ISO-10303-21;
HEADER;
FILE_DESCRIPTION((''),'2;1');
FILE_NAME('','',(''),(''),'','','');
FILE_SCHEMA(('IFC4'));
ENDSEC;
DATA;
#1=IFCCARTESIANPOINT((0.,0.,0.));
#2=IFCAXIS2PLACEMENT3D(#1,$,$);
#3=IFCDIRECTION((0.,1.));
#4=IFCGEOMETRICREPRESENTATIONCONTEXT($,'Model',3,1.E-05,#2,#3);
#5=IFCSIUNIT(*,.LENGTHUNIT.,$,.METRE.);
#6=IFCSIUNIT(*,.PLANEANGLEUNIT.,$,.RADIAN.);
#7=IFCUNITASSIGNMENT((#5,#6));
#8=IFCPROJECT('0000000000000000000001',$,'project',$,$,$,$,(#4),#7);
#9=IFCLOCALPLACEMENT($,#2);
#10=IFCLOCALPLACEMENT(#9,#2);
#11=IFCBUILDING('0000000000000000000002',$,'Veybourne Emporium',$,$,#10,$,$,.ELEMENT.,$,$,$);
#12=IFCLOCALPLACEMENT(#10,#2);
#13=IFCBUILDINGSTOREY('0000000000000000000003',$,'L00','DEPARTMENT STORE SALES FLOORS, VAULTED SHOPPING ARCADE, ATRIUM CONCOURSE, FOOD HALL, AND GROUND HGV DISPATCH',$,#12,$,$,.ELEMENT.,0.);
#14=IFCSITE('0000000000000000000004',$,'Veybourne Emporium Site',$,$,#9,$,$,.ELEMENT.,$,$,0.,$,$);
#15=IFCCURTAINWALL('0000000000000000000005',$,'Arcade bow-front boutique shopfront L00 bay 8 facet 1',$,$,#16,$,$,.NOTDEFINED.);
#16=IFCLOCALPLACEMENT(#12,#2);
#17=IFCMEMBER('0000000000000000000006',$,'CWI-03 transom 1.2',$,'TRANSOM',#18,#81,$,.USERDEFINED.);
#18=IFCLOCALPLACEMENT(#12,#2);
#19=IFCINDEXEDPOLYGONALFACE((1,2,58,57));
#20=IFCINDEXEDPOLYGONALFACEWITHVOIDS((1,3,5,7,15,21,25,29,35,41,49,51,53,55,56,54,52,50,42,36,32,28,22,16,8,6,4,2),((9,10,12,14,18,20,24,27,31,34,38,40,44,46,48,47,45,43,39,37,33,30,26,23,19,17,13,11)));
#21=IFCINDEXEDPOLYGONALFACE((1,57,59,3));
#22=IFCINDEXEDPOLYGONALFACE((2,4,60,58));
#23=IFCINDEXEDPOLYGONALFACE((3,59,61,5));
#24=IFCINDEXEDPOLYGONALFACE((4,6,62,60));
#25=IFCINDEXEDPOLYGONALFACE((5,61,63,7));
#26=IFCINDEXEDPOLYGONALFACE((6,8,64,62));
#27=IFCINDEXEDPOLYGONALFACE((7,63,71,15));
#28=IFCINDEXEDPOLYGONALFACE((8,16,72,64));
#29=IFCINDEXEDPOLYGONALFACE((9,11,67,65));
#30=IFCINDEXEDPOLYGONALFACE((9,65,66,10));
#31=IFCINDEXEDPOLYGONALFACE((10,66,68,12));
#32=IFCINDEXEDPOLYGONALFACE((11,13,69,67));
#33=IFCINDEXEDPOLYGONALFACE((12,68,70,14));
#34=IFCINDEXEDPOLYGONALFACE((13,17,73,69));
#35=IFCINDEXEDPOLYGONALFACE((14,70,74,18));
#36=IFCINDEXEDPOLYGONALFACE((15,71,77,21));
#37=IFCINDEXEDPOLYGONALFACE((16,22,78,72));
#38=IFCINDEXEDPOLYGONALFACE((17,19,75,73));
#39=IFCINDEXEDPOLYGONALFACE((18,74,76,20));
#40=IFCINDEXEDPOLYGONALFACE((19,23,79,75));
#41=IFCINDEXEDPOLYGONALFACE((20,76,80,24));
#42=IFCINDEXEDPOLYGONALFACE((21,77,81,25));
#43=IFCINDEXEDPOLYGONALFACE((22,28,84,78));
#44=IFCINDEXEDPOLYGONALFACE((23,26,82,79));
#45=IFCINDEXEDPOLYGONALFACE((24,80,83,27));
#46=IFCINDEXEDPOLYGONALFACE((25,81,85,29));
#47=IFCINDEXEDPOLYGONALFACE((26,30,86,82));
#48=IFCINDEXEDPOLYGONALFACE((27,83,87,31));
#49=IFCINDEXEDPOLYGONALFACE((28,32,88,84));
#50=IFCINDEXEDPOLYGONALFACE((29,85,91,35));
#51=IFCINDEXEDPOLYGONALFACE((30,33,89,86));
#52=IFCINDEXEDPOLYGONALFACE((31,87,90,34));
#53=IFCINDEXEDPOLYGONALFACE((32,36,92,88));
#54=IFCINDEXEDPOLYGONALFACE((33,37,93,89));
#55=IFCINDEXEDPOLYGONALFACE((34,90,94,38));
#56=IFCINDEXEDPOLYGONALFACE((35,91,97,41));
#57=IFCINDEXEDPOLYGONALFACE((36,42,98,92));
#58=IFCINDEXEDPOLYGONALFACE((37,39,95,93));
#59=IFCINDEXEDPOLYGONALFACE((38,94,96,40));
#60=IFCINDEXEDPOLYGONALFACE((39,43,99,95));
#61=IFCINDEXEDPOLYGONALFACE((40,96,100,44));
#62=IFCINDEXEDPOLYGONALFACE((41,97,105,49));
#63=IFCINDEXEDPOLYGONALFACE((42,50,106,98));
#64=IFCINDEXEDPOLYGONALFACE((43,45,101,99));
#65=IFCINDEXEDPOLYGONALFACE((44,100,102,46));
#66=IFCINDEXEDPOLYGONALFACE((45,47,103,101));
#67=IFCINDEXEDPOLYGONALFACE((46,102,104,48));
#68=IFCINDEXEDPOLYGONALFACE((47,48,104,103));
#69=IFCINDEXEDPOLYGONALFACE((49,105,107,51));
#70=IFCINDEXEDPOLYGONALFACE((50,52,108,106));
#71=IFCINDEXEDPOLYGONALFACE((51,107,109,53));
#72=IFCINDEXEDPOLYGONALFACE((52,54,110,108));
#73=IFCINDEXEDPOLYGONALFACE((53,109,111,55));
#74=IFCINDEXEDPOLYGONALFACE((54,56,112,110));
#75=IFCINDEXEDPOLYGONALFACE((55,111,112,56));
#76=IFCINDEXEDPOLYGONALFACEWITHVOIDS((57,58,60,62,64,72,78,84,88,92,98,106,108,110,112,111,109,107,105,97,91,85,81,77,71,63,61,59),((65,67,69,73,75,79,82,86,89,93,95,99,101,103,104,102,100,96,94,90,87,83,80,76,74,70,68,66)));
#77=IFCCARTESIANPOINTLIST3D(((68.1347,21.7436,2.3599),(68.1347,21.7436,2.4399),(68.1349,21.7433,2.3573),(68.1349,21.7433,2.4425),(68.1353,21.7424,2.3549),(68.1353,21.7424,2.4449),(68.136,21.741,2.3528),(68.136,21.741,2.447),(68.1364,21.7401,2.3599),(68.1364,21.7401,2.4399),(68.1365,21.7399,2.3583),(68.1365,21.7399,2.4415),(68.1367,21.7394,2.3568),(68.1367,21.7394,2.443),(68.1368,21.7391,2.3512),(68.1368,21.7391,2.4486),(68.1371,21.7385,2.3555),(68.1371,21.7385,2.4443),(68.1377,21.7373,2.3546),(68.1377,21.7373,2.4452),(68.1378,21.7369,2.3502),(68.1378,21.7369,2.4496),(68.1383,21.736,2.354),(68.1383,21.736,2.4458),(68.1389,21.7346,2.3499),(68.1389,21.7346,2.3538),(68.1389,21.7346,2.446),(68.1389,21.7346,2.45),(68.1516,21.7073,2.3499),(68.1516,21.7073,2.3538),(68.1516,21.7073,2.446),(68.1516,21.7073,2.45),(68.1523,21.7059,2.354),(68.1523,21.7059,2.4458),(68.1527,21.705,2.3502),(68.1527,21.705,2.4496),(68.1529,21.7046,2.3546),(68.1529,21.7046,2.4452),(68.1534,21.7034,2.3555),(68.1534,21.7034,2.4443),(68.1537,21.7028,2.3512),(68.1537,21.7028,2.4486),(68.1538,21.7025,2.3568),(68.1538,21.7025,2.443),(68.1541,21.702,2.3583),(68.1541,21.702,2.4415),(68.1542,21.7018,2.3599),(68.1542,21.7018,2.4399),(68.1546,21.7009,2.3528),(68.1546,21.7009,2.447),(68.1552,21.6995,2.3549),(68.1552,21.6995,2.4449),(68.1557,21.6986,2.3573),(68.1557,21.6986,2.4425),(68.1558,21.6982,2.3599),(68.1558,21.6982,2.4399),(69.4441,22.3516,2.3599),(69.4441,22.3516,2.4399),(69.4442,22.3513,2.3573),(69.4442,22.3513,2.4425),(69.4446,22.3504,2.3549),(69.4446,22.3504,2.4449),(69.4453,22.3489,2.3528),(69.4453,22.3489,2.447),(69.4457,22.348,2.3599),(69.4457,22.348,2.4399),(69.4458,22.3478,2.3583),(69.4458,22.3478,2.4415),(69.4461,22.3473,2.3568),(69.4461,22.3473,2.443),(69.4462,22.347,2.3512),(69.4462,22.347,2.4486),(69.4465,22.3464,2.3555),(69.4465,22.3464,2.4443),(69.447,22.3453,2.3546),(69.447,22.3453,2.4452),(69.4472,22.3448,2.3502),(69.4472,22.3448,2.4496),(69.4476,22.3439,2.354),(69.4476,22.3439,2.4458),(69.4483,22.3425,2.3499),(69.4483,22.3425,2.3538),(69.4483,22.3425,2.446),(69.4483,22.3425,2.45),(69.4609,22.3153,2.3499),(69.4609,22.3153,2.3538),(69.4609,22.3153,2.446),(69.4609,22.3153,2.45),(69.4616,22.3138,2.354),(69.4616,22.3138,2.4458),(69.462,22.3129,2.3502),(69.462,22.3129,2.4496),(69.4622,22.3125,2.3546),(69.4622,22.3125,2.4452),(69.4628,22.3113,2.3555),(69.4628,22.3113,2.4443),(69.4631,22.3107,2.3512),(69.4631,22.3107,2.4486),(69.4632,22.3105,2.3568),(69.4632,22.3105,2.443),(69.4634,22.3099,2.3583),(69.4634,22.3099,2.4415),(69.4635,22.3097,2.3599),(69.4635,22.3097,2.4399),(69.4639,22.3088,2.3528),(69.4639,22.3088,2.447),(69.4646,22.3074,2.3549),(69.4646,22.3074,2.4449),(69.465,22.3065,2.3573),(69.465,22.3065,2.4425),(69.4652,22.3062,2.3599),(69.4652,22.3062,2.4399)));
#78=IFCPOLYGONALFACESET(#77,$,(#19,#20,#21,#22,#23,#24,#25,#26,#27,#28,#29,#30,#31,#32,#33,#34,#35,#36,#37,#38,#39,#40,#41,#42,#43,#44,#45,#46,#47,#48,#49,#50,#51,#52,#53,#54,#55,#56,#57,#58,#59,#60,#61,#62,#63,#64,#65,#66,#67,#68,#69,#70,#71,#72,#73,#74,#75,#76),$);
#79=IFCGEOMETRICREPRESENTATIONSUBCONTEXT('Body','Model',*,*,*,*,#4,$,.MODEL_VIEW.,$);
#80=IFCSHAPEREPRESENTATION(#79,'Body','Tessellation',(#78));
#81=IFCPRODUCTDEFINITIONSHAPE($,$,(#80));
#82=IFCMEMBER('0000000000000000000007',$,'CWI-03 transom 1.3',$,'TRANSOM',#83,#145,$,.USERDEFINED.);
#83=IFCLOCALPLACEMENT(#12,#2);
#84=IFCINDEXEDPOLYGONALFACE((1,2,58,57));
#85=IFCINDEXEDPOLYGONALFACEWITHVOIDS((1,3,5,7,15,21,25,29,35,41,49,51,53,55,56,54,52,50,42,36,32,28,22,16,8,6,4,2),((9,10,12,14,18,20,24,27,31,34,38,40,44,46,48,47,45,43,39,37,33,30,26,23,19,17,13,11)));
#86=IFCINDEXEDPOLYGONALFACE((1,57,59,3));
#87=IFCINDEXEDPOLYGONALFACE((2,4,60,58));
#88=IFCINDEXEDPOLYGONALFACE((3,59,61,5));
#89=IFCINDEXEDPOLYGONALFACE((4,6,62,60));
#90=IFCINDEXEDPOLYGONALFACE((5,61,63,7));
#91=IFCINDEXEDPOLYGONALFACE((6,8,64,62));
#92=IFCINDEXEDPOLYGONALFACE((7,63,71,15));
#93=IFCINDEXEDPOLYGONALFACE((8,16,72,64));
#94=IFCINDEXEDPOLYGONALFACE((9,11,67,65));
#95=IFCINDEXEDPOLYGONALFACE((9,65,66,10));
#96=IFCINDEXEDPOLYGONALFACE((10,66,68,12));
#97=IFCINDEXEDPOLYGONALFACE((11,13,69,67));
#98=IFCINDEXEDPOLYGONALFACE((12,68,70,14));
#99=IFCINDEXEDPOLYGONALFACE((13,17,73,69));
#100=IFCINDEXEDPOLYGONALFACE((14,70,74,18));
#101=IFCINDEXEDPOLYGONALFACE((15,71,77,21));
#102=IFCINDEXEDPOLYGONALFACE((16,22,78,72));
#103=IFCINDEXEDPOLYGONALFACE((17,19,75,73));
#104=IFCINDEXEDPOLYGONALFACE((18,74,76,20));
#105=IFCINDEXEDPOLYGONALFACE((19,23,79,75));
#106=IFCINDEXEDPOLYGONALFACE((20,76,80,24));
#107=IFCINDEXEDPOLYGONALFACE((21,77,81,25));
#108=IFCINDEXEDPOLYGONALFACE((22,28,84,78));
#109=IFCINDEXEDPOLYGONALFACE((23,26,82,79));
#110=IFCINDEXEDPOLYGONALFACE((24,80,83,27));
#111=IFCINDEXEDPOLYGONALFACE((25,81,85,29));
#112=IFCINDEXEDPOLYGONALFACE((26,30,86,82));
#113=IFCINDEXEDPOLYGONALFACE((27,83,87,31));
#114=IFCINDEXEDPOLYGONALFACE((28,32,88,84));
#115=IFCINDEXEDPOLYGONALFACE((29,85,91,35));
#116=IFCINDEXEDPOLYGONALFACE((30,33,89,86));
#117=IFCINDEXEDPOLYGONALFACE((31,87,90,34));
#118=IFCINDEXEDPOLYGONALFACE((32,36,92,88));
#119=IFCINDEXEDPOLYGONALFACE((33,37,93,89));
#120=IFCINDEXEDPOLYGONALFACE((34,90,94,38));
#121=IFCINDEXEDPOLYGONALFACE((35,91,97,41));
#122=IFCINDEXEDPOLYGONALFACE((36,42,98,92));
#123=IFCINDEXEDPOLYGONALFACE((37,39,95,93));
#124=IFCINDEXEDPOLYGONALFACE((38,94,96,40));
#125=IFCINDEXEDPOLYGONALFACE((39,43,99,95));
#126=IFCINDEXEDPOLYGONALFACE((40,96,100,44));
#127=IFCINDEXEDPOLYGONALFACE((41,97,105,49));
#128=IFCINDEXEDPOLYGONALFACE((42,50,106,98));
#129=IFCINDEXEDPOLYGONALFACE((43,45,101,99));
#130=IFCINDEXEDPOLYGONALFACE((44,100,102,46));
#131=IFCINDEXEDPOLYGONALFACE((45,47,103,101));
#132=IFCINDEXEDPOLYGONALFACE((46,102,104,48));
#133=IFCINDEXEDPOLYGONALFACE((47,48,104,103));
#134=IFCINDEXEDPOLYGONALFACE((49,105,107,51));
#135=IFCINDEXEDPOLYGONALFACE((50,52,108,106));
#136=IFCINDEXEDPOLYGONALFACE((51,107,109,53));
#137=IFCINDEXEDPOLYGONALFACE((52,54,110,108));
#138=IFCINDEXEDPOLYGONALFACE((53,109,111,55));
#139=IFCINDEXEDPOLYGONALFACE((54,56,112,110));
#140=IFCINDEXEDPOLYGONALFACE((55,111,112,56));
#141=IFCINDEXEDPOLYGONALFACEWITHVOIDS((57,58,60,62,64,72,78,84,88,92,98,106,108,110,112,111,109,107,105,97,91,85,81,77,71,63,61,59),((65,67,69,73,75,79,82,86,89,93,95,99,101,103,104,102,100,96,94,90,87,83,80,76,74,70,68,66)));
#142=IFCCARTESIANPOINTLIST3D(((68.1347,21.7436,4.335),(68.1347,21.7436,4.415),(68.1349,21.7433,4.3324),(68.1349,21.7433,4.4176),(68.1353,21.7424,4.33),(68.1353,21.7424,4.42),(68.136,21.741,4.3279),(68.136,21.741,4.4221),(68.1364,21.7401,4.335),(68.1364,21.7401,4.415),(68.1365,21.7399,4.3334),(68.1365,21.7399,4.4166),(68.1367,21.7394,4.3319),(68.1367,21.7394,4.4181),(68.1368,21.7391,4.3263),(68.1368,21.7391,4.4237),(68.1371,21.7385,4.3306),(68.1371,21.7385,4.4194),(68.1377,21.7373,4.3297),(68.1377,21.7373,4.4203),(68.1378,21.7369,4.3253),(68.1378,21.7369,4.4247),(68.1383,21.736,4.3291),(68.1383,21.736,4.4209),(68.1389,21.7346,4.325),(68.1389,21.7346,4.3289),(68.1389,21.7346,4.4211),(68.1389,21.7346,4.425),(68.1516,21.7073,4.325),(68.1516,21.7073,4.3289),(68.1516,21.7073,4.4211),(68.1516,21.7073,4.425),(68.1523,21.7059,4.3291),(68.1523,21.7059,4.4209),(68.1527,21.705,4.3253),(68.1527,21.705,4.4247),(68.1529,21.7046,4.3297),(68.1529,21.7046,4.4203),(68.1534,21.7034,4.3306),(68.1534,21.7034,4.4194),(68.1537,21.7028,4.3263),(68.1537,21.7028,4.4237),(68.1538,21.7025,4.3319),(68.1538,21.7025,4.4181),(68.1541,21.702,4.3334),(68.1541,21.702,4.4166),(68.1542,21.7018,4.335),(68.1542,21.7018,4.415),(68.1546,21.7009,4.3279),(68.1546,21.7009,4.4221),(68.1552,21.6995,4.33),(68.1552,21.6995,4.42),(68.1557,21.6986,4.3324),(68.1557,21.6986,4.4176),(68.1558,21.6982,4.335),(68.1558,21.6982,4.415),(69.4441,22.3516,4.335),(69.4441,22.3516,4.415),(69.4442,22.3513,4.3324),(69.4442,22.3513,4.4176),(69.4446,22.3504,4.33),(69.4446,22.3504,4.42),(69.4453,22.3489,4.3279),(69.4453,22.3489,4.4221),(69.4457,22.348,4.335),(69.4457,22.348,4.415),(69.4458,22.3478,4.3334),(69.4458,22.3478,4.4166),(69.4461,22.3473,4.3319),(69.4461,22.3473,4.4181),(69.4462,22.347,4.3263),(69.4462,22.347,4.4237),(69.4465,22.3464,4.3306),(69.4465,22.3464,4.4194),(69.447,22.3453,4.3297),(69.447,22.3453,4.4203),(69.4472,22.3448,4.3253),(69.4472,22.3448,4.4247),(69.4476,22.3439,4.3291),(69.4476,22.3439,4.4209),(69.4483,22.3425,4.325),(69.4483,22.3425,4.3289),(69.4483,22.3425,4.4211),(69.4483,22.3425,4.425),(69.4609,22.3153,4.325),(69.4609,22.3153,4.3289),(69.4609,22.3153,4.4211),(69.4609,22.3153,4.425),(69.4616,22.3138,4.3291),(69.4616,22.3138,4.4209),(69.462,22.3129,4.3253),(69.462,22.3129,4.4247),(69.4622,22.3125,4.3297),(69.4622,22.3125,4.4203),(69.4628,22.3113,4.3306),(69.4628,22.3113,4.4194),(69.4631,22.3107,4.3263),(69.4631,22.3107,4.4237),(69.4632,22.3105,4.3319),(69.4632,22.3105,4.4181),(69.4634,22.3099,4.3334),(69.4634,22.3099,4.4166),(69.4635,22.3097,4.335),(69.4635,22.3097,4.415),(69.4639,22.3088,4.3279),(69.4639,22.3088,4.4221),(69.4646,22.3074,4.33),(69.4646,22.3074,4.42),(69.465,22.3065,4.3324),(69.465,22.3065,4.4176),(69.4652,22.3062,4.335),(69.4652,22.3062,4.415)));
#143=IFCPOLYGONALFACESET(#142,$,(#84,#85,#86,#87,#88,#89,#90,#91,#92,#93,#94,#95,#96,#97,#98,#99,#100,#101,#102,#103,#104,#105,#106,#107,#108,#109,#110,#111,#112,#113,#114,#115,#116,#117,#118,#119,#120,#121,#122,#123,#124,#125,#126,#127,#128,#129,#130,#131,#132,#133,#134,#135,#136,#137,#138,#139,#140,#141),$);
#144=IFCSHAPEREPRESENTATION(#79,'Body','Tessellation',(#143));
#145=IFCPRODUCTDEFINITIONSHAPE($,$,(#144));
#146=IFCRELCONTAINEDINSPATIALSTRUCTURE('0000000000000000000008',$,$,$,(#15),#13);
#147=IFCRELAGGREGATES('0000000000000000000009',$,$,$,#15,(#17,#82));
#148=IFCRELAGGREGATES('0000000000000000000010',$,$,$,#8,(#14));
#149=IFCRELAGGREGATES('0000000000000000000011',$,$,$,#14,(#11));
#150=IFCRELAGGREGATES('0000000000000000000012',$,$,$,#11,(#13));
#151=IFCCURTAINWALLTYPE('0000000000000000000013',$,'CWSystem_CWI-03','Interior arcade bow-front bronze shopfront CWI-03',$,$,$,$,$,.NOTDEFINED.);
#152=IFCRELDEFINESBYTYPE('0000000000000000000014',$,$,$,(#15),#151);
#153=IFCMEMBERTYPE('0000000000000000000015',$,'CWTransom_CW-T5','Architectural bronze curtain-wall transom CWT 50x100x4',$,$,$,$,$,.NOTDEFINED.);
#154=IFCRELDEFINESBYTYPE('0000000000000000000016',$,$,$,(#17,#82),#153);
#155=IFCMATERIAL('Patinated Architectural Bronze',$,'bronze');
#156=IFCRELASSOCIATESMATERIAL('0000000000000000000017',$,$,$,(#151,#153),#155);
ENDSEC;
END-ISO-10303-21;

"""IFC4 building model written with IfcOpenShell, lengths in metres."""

from ifc_helpers import new_model, si_unit, direction, frame, origin, origin_2d, place, context, subcontext, project, spatial, hollow_rectangle, extrude, material, material_profile, profile_set, type_object, element, aggregate, save


model = new_model("IFC4")

# Units and contexts
model_context = context("Model", 3, precision=1e-05, world=origin(), true_north=direction((0.0, 1.0)))
body_context = subcontext(model_context, "Body", "Model", "MODEL_VIEW")
ifc_project = project(units=[si_unit("LENGTHUNIT", "METRE"), si_unit("PLANEANGLEUNIT", "RADIAN")], contexts=[model_context])

# Site, building, storey
site_placement = place(None, origin())
site = spatial("IfcSite", under=ifc_project, at=site_placement, Name="Veybourne Emporium Site", CompositionType="ELEMENT", RefElevation=0.0)
building_placement = place(site_placement, origin())
building = spatial("IfcBuilding", under=site, at=building_placement, Name="Veybourne Emporium", CompositionType="ELEMENT")
storey_placement = place(building_placement, origin())
storey = spatial("IfcBuildingStorey", under=building, at=storey_placement, Name="L00", Description="DEPARTMENT STORE SALES FLOORS, VAULTED SHOPPING ARCADE, ATRIUM CONCOURSE, FOOD HALL, AND GROUND HGV DISPATCH", CompositionType="ELEMENT", Elevation=0.0)

# Shared definitions
ifc_material_1 = material(Name="Patinated Architectural Bronze", Category="bronze")
curtain_wall_type_1 = type_object("IfcCurtainWallType", Name="CWSystem_CWI-03", Description="Interior arcade bow-front bronze shopfront CWI-03", PredefinedType="NOTDEFINED", material=ifc_material_1)

# Curtain wall
curtain_wall_1_placement = place(storey_placement, origin())
curtain_wall_1 = element("IfcCurtainWall", 1, at=curtain_wall_1_placement, inside=storey, type_object=curtain_wall_type_1, Name="Arcade bow-front boutique shopfront L00 bay 8 facet 1", PredefinedType="NOTDEFINED")

# Members
ifc_material_profile_1 = material_profile(ifc_material_1, hollow_rectangle(XDim=0.05, YDim=0.1001, WallThickness=0.0039, InnerFilletRadius=0.0061, OuterFilletRadius=0.01, at=origin_2d()), Name="CWT 50x100x4")
ifc_profile_set_1 = profile_set([ifc_material_profile_1], Name="Patinated Architectural Bronze")
member_type_1 = type_object("IfcMemberType", Name="CWTransom_CW-T5", Description="Architectural bronze curtain-wall transom CWT 50x100x4", PredefinedType="NOTDEFINED", material=ifc_profile_set_1)
member_1_placement = place(storey_placement, frame((68.1453, 21.7209, 2.3999), z_axis=(0.907007, 0.421116, 0.0), x_axis=(-0.421116, 0.907007, 0.0)))
member_1 = element("IfcMember", 2, at=member_1_placement, type_object=member_type_1, Name="CWI-03 transom 1.2", ObjectType="TRANSOM", PredefinedType="USERDEFINED", context=body_context, shape_type="SweptSolid", body=[
    extrude(hollow_rectangle(XDim=0.05, YDim=0.1001, WallThickness=0.0039, InnerFilletRadius=0.0061, OuterFilletRadius=0.01, at=origin_2d()), origin(), (0.0, 0.0, 1.0), 1.4436),
])
member_2_placement = place(storey_placement, frame((68.1453, 21.7209, 4.375), z_axis=(0.907007, 0.421116, 0.0), x_axis=(-0.421116, 0.907007, 0.0)))
member_2 = element("IfcMember", 3, at=member_2_placement, type_object=member_type_1, Name="CWI-03 transom 1.3", ObjectType="TRANSOM", PredefinedType="USERDEFINED", context=body_context, shape_type="SweptSolid", body=[
    extrude(hollow_rectangle(XDim=0.05, YDim=0.1001, WallThickness=0.0039, InnerFilletRadius=0.0061, OuterFilletRadius=0.01, at=origin_2d()), origin(), (0.0, 0.0, 1.0), 1.4436),
])

aggregate(curtain_wall_1, [member_1, member_2])

save(model, "model.ifc")
